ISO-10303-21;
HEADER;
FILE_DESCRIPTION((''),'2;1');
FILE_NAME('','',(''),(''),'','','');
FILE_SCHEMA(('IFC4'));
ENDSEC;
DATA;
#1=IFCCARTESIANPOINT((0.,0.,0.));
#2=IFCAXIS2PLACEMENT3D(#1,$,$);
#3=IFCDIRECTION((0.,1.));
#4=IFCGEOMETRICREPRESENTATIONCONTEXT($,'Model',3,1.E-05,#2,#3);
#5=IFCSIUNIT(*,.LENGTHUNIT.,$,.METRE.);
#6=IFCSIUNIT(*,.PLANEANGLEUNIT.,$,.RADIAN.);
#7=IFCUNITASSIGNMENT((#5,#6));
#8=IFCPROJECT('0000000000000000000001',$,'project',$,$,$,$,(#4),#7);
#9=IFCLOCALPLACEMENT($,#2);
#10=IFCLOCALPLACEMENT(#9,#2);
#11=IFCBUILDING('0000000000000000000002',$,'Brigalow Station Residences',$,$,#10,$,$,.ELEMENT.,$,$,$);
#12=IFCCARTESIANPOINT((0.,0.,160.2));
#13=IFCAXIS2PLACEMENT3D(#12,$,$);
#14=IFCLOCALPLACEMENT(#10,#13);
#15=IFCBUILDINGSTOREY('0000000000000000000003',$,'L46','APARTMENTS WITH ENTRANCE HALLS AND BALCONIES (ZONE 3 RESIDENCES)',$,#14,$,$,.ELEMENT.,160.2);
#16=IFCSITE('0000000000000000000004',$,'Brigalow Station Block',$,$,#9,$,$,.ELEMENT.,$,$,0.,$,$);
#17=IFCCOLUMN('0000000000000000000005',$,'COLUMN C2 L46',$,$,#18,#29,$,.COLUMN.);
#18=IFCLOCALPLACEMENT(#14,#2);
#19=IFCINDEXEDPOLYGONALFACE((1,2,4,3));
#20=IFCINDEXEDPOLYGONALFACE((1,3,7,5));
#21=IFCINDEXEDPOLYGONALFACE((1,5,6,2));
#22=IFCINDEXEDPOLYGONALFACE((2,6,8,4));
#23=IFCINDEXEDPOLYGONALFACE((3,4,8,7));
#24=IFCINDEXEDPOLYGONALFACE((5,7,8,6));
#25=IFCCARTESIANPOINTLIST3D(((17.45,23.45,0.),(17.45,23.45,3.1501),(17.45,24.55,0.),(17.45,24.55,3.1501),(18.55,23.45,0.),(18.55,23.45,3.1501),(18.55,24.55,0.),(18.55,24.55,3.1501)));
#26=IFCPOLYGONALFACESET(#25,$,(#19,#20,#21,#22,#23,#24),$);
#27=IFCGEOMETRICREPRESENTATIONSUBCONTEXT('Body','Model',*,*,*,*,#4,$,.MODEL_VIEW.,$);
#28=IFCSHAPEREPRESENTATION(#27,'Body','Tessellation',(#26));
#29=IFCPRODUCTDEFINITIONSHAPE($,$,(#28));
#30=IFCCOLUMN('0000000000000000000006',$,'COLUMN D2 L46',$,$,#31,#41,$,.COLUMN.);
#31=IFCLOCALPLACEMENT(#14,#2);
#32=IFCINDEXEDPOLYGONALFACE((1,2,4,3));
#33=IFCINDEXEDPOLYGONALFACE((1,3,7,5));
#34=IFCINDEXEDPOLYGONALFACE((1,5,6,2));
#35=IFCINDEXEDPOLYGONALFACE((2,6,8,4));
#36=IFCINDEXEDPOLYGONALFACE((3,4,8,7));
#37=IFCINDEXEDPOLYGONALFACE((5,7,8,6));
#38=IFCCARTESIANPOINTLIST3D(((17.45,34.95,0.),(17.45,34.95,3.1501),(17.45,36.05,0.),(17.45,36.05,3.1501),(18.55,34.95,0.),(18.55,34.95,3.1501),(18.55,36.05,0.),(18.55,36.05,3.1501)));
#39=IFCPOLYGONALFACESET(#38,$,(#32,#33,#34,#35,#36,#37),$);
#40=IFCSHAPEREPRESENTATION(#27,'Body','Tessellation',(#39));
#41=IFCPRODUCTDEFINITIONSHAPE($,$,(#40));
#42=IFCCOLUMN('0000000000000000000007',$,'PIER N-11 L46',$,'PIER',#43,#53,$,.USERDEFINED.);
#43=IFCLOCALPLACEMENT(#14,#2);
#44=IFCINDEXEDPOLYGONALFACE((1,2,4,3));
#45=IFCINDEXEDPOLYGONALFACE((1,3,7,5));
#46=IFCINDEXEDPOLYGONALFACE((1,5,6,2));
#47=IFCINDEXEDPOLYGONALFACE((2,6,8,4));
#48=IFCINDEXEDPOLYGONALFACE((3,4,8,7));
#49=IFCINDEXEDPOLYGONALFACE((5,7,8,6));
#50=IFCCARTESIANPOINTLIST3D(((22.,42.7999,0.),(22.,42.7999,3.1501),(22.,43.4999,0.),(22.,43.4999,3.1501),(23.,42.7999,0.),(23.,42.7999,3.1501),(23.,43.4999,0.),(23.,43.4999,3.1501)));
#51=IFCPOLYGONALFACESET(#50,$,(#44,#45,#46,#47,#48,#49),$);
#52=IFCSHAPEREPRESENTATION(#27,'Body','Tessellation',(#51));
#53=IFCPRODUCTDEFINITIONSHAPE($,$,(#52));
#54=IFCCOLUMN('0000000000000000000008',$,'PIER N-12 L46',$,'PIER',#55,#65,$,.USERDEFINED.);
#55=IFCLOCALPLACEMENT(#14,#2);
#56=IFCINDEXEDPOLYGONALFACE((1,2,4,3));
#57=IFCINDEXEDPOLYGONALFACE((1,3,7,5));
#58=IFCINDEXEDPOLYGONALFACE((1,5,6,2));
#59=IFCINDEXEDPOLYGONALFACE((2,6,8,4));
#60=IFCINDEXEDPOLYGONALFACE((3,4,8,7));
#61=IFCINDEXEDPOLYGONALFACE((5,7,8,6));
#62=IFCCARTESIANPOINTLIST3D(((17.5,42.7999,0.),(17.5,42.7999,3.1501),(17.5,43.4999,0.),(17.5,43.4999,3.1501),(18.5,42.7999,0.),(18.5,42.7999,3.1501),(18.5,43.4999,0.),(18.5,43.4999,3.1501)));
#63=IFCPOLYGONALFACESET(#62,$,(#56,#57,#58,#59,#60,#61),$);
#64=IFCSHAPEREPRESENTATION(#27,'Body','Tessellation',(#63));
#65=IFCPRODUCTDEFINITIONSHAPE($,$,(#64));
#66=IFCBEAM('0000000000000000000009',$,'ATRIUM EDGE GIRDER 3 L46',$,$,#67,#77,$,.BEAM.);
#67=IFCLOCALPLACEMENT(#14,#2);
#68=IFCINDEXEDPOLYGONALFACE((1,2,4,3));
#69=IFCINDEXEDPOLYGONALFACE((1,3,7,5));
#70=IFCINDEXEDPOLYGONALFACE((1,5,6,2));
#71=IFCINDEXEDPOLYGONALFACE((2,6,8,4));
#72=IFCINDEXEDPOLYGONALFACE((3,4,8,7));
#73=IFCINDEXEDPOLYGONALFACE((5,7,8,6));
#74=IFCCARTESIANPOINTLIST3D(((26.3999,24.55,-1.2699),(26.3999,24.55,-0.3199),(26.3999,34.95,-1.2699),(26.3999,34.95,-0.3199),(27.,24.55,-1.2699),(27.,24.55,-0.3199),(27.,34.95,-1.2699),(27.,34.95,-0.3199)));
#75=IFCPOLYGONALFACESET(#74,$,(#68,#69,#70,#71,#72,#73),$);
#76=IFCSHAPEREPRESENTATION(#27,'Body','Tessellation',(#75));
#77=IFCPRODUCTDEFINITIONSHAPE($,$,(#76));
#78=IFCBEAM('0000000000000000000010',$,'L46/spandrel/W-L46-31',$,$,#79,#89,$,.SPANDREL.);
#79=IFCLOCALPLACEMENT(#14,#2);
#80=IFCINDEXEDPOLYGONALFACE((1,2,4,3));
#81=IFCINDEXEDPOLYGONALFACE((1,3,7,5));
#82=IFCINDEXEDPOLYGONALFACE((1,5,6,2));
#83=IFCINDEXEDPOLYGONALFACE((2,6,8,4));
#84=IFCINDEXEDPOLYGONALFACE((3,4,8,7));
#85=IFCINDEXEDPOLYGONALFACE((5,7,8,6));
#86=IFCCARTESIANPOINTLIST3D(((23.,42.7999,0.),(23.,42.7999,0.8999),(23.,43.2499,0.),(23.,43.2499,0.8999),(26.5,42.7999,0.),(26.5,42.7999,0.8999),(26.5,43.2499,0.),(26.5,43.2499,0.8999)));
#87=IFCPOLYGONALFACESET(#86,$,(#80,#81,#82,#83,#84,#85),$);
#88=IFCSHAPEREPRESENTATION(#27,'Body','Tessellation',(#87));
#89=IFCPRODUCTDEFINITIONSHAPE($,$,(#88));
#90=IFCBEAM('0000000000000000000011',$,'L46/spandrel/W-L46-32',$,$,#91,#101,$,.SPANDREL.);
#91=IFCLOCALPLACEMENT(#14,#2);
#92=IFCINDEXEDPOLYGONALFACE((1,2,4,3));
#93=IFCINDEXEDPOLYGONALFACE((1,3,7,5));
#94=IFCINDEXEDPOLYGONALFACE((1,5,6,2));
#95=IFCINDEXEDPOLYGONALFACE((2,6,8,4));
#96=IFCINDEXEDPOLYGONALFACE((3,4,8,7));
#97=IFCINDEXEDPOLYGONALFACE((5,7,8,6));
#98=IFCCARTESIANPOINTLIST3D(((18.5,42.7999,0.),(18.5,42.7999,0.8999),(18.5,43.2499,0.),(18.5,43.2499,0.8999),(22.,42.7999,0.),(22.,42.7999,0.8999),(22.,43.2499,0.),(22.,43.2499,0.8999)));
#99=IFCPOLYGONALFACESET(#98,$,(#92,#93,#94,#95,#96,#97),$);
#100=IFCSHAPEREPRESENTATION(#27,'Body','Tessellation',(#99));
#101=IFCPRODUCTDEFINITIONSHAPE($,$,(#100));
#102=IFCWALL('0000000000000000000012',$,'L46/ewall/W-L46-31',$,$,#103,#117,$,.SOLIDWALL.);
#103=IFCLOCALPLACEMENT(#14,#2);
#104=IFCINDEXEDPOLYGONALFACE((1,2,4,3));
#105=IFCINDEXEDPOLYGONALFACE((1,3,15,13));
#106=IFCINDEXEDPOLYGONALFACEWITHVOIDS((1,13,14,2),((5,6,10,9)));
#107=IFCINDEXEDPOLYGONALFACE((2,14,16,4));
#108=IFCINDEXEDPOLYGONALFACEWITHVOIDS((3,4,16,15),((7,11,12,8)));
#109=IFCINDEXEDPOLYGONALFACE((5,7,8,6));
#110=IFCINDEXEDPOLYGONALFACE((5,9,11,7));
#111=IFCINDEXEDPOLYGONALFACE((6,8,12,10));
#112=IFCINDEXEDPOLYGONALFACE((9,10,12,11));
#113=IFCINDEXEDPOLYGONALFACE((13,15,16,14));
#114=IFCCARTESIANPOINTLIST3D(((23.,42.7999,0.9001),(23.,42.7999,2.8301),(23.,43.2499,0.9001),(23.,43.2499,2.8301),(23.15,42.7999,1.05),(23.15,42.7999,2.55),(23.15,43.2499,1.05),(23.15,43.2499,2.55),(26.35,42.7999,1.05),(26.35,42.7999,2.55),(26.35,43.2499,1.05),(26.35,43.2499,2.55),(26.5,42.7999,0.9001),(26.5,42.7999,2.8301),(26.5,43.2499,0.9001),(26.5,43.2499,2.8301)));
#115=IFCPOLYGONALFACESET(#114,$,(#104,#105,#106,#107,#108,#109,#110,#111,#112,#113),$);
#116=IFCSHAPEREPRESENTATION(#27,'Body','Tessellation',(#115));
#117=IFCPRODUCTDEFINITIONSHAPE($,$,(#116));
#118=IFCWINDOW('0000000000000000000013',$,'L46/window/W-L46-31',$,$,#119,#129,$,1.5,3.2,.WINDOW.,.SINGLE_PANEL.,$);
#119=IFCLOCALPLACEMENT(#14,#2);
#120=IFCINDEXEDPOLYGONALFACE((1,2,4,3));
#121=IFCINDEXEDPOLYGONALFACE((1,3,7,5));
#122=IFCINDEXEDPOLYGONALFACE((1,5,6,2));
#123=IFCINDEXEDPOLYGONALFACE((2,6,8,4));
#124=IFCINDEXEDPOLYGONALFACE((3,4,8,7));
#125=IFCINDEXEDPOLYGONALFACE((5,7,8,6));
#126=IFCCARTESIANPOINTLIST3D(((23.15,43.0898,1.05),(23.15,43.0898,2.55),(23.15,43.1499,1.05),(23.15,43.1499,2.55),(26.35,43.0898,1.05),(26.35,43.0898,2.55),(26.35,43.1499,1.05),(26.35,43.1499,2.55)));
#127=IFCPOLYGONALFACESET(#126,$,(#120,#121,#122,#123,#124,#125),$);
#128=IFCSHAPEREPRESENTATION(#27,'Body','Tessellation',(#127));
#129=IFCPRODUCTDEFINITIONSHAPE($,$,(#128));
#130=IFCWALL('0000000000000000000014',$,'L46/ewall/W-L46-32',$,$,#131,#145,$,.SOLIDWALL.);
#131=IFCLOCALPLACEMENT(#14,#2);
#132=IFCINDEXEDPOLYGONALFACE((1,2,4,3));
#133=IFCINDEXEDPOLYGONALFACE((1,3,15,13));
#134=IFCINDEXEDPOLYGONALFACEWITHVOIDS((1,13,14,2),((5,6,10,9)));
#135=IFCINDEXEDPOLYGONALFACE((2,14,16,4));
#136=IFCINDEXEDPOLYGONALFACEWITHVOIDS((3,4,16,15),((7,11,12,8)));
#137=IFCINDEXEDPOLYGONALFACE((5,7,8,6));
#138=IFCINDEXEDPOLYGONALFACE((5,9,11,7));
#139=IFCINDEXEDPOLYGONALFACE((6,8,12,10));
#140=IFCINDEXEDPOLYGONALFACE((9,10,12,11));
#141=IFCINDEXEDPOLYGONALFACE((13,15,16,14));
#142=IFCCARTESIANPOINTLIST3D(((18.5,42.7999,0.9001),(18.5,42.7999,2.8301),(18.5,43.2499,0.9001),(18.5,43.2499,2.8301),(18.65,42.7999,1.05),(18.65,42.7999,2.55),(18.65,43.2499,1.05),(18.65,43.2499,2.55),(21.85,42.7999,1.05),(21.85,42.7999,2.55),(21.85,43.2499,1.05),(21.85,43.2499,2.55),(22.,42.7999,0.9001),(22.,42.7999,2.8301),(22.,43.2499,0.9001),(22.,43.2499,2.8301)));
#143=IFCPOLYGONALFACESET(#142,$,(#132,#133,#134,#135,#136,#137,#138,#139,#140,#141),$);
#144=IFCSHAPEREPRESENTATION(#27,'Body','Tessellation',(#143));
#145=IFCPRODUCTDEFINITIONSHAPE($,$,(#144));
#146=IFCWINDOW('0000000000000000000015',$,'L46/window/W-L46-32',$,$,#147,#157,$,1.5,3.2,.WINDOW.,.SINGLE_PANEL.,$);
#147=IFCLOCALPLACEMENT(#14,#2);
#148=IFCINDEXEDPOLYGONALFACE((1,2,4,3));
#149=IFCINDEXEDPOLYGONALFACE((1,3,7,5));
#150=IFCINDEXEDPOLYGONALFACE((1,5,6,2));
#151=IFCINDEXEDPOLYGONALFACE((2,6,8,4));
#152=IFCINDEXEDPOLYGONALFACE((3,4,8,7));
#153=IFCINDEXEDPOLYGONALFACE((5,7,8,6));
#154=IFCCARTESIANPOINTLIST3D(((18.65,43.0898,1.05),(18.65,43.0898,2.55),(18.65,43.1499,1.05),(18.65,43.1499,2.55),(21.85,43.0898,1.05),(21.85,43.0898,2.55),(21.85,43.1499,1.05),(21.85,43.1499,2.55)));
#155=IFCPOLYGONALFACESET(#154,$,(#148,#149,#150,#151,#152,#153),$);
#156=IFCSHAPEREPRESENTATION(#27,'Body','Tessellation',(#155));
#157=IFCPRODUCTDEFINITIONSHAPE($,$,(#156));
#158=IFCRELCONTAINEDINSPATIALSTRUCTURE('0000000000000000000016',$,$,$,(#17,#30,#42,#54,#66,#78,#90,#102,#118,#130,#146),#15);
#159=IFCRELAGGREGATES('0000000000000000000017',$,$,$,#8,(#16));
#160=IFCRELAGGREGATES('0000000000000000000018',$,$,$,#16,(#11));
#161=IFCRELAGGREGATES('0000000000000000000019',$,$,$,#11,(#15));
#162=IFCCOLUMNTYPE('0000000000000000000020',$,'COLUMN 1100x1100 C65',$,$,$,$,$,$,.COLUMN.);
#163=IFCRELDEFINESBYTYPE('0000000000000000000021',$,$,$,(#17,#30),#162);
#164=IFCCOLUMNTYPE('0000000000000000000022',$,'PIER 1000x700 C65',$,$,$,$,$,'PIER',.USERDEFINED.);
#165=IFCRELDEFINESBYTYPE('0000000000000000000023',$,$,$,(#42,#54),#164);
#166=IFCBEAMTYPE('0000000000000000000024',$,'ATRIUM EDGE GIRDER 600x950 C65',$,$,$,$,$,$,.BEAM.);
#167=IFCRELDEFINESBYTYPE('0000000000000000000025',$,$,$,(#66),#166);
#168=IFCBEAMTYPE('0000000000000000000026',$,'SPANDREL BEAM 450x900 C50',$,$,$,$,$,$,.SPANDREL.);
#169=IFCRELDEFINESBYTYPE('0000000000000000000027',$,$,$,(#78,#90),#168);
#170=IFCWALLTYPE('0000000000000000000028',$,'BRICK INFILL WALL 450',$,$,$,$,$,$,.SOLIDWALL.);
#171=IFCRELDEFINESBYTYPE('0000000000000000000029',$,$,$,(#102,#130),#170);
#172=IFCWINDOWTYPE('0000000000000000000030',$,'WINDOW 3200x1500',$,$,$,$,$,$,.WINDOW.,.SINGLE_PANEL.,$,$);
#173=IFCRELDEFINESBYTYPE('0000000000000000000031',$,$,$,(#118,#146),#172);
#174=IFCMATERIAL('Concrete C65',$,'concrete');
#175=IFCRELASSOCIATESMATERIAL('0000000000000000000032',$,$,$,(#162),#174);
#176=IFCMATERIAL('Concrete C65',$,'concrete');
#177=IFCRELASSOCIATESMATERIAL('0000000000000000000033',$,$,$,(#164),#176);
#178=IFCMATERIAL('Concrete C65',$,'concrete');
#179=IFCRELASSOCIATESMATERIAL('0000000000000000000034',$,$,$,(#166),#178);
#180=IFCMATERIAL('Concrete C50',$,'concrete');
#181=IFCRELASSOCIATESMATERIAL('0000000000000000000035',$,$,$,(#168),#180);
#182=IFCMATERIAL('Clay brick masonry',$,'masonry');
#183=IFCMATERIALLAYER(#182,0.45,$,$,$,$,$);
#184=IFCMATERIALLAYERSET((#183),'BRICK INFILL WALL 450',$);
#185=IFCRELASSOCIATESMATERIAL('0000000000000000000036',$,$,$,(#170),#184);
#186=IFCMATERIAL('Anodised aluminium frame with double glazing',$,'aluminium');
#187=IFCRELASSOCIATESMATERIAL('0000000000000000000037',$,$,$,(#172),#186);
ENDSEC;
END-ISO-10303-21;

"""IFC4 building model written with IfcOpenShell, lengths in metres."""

from ifc_helpers import new_model, si_unit, direction, frame, frame_2d, origin, origin_2d, place, context, subcontext, project, spatial, rectangle, extrude, material, layer, layer_set, material_profile, profile_set, type_object, element, fill, save


model = new_model("IFC4")

# Units and contexts
model_context = context("Model", 3, precision=1e-05, world=origin(), true_north=direction((0.0, 1.0)))
body_context = subcontext(model_context, "Body", "Model", "MODEL_VIEW")
ifc_project = project(units=[si_unit("LENGTHUNIT", "METRE"), si_unit("PLANEANGLEUNIT", "RADIAN")], contexts=[model_context])

# Site, building, storey
site_placement = place(None, origin())
site = spatial("IfcSite", under=ifc_project, at=site_placement, Name="Brigalow Station Block", CompositionType="ELEMENT", RefElevation=0.0)
building_placement = place(site_placement, origin())
building = spatial("IfcBuilding", under=site, at=building_placement, Name="Brigalow Station Residences", CompositionType="ELEMENT")
storey_placement = place(building_placement, frame((0.0, 0.0, 160.2)))
storey = spatial("IfcBuildingStorey", under=building, at=storey_placement, Name="L46", Description="APARTMENTS WITH ENTRANCE HALLS AND BALCONIES (ZONE 3 RESIDENCES)", CompositionType="ELEMENT", Elevation=160.2)

# Columns
ifc_material_1 = material(Name="Concrete C65", Category="concrete")
ifc_material_profile_1 = material_profile(ifc_material_1, rectangle(XDim=1.1001, YDim=1.1001, at=origin_2d()), Name="RC1100x1100")
ifc_profile_set_1 = profile_set([ifc_material_profile_1], Name="Concrete C65")
column_type_1 = type_object("IfcColumnType", Name="COLUMN 1100x1100 C65", PredefinedType="COLUMN", material=ifc_profile_set_1)
for number, where, z_axis, x_axis, name in (
    (1, (18.0, 24.0, 0.0), (0.0, 0.0, 1.0), (1.0, 0.0, 0.0), "COLUMN C2 L46"),
    (2, (18.0, 35.5, 0.0), (0.0, 0.0, 1.0), (1.0, 0.0, 0.0), "COLUMN D2 L46"),
):
    element("IfcColumn", number, at=place(storey_placement, frame(where, z_axis=z_axis, x_axis=x_axis)), inside=storey, type_object=column_type_1, Name=name, PredefinedType="COLUMN", context=body_context, shape_type="SweptSolid", body=[
        extrude(rectangle(XDim=1.1001, YDim=1.1001, at=origin_2d()), origin(), (0.0, 0.0, 1.0), 3.1501),
    ])
ifc_material_2 = material(Name="Concrete C65", Category="concrete")
ifc_material_profile_2 = material_profile(ifc_material_2, rectangle(XDim=1.0, YDim=0.7, at=origin_2d()), Name="RC1000x700")
ifc_profile_set_2 = profile_set([ifc_material_profile_2], Name="Concrete C65")
column_type_2 = type_object("IfcColumnType", Name="PIER 1000x700 C65", ElementType="PIER", PredefinedType="USERDEFINED", material=ifc_profile_set_2)
for number, where, z_axis, x_axis, name in (
    (3, (22.5, 43.1499, 0.0), (0.0, 0.0, 1.0), (-1.0, 0.0, 0.0), "PIER N-11 L46"),
    (4, (18.0, 43.1499, 0.0), (0.0, 0.0, 1.0), (-1.0, 0.0, 0.0), "PIER N-12 L46"),
):
    element("IfcColumn", number, at=place(storey_placement, frame(where, z_axis=z_axis, x_axis=x_axis)), inside=storey, type_object=column_type_2, Name=name, ObjectType="PIER", PredefinedType="USERDEFINED", context=body_context, shape_type="SweptSolid", body=[
        extrude(rectangle(XDim=1.0, YDim=0.7, at=origin_2d()), origin(), (0.0, 0.0, 1.0), 3.1501),
    ])

# Beams
ifc_material_3 = material(Name="Concrete C65", Category="concrete")
ifc_material_profile_3 = material_profile(ifc_material_3, rectangle(XDim=0.6001, YDim=0.95, at=origin_2d()), Name="RC600x950")
ifc_profile_set_3 = profile_set([ifc_material_profile_3], Name="Concrete C65")
beam_type_1 = type_object("IfcBeamType", Name="ATRIUM EDGE GIRDER 600x950 C65", PredefinedType="BEAM", material=ifc_profile_set_3)
beam_placement = place(storey_placement, frame((26.7, 24.55, -0.7949), z_axis=(0.0, 1.0, 0.0), x_axis=(-1.0, 0.0, 0.0)))
element("IfcBeam", 5, at=beam_placement, inside=storey, type_object=beam_type_1, Name="ATRIUM EDGE GIRDER 3 L46", PredefinedType="BEAM", context=body_context, shape_type="SweptSolid", body=[
    extrude(rectangle(XDim=0.6001, YDim=0.95, at=origin_2d()), origin(), (0.0, 0.0, 1.0), 10.3999),
])
ifc_material_4 = material(Name="Concrete C50", Category="concrete")
ifc_material_profile_4 = material_profile(ifc_material_4, rectangle(XDim=0.45, YDim=0.8999, at=origin_2d()), Name="RC450x900")
ifc_profile_set_4 = profile_set([ifc_material_profile_4], Name="Concrete C50")
beam_type_2 = type_object("IfcBeamType", Name="SPANDREL BEAM 450x900 C50", PredefinedType="SPANDREL", material=ifc_profile_set_4)
for number, where, z_axis, x_axis, name in (
    (6, (26.5, 43.0249, 0.45), (-1.0, 0.0, 0.0), (0.0, -1.0, 0.0), "L46/spandrel/W-L46-31"),
    (7, (22.0, 43.0249, 0.45), (-1.0, 0.0, 0.0), (0.0, -1.0, 0.0), "L46/spandrel/W-L46-32"),
):
    element("IfcBeam", number, at=place(storey_placement, frame(where, z_axis=z_axis, x_axis=x_axis)), inside=storey, type_object=beam_type_2, Name=name, PredefinedType="SPANDREL", context=body_context, shape_type="SweptSolid", body=[
        extrude(rectangle(XDim=0.45, YDim=0.8999, at=origin_2d()), origin(), (0.0, 0.0, 1.0), 3.5),
    ])

# Walls, openings, windows
ifc_material_5 = material(Name="Clay brick masonry", Category="masonry")
ifc_layer_1 = layer(ifc_material_5, 0.45)
ifc_layer_set_1 = layer_set([ifc_layer_1], Name="BRICK INFILL WALL 450")
wall_type_1 = type_object("IfcWallType", Name="BRICK INFILL WALL 450", PredefinedType="SOLIDWALL", material=ifc_layer_set_1)
wall_1_placement = place(storey_placement, frame((26.5, 43.0249, 0.9001), z_axis=(0.0, 0.0, 1.0), x_axis=(-1.0, 0.0, 0.0)))
wall_1 = element("IfcWall", 8, at=wall_1_placement, inside=storey, type_object=wall_type_1, Name="L46/ewall/W-L46-31", PredefinedType="SOLIDWALL", context=body_context, shape_type="SweptSolid", body=[
    extrude(rectangle(XDim=3.5, YDim=0.45, at=frame_2d((1.75, 0.0))), origin(), (0.0, 0.0, 1.0), 1.9299),
])
opening_1_placement = place(wall_1_placement, frame((0.1499, 0.0, 0.1499)))
opening_1 = element("IfcOpeningElement", 9, at=opening_1_placement, cuts=wall_1, PredefinedType="OPENING", context=body_context, shape_type="SweptSolid", body=[
    extrude(rectangle(XDim=3.2, YDim=1.5, at=frame_2d((1.6001, 0.75))), frame((0.0, 0.2349, 0.0), z_axis=(0.0, -1.0, 0.0), x_axis=(1.0, 0.0, 0.0)), (0.0, 0.0, 1.0), 0.47),
])
ifc_material_6 = material(Name="Anodised aluminium frame with double glazing", Category="aluminium")
window_type = type_object("IfcWindowType", Name="WINDOW 3200x1500", PartitioningType="SINGLE_PANEL", PredefinedType="WINDOW", material=ifc_material_6)
window_1_placement = place(opening_1_placement, origin())
window_1 = element("IfcWindow", 10, at=window_1_placement, inside=storey, type_object=window_type, Name="L46/window/W-L46-31", OverallHeight=1.5, OverallWidth=3.2, PartitioningType="SINGLE_PANEL", PredefinedType="WINDOW", context=body_context, shape_type="SweptSolid", body=[
    extrude(rectangle(XDim=3.2, YDim=1.5, at=frame_2d((1.6001, 0.75))), frame((0.0, -0.0649, 0.0), z_axis=(0.0, -1.0, 0.0), x_axis=(1.0, 0.0, 0.0)), (0.0, 0.0, 1.0), 0.0601),
])
fill(opening_1, window_1)
wall_2_placement = place(storey_placement, frame((22.0, 43.0249, 0.9001), z_axis=(0.0, 0.0, 1.0), x_axis=(-1.0, 0.0, 0.0)))
wall_2 = element("IfcWall", 11, at=wall_2_placement, inside=storey, type_object=wall_type_1, Name="L46/ewall/W-L46-32", PredefinedType="SOLIDWALL", context=body_context, shape_type="SweptSolid", body=[
    extrude(rectangle(XDim=3.5, YDim=0.45, at=frame_2d((1.75, 0.0))), origin(), (0.0, 0.0, 1.0), 1.9299),
])
opening_2_placement = place(wall_2_placement, frame((0.1499, 0.0, 0.1499)))
opening_2 = element("IfcOpeningElement", 12, at=opening_2_placement, cuts=wall_2, PredefinedType="OPENING", context=body_context, shape_type="SweptSolid", body=[
    extrude(rectangle(XDim=3.2, YDim=1.5, at=frame_2d((1.6001, 0.75))), frame((0.0, 0.2349, 0.0), z_axis=(0.0, -1.0, 0.0), x_axis=(1.0, 0.0, 0.0)), (0.0, 0.0, 1.0), 0.47),
])
window_2_placement = place(opening_2_placement, origin())
window_2 = element("IfcWindow", 13, at=window_2_placement, inside=storey, type_object=window_type, Name="L46/window/W-L46-32", OverallHeight=1.5, OverallWidth=3.2, PartitioningType="SINGLE_PANEL", PredefinedType="WINDOW", context=body_context, shape_type="SweptSolid", body=[
    extrude(rectangle(XDim=3.2, YDim=1.5, at=frame_2d((1.6001, 0.75))), frame((0.0, -0.0649, 0.0), z_axis=(0.0, -1.0, 0.0), x_axis=(1.0, 0.0, 0.0)), (0.0, 0.0, 1.0), 0.0601),
])
fill(opening_2, window_2)

save(model, "model.ifc")
